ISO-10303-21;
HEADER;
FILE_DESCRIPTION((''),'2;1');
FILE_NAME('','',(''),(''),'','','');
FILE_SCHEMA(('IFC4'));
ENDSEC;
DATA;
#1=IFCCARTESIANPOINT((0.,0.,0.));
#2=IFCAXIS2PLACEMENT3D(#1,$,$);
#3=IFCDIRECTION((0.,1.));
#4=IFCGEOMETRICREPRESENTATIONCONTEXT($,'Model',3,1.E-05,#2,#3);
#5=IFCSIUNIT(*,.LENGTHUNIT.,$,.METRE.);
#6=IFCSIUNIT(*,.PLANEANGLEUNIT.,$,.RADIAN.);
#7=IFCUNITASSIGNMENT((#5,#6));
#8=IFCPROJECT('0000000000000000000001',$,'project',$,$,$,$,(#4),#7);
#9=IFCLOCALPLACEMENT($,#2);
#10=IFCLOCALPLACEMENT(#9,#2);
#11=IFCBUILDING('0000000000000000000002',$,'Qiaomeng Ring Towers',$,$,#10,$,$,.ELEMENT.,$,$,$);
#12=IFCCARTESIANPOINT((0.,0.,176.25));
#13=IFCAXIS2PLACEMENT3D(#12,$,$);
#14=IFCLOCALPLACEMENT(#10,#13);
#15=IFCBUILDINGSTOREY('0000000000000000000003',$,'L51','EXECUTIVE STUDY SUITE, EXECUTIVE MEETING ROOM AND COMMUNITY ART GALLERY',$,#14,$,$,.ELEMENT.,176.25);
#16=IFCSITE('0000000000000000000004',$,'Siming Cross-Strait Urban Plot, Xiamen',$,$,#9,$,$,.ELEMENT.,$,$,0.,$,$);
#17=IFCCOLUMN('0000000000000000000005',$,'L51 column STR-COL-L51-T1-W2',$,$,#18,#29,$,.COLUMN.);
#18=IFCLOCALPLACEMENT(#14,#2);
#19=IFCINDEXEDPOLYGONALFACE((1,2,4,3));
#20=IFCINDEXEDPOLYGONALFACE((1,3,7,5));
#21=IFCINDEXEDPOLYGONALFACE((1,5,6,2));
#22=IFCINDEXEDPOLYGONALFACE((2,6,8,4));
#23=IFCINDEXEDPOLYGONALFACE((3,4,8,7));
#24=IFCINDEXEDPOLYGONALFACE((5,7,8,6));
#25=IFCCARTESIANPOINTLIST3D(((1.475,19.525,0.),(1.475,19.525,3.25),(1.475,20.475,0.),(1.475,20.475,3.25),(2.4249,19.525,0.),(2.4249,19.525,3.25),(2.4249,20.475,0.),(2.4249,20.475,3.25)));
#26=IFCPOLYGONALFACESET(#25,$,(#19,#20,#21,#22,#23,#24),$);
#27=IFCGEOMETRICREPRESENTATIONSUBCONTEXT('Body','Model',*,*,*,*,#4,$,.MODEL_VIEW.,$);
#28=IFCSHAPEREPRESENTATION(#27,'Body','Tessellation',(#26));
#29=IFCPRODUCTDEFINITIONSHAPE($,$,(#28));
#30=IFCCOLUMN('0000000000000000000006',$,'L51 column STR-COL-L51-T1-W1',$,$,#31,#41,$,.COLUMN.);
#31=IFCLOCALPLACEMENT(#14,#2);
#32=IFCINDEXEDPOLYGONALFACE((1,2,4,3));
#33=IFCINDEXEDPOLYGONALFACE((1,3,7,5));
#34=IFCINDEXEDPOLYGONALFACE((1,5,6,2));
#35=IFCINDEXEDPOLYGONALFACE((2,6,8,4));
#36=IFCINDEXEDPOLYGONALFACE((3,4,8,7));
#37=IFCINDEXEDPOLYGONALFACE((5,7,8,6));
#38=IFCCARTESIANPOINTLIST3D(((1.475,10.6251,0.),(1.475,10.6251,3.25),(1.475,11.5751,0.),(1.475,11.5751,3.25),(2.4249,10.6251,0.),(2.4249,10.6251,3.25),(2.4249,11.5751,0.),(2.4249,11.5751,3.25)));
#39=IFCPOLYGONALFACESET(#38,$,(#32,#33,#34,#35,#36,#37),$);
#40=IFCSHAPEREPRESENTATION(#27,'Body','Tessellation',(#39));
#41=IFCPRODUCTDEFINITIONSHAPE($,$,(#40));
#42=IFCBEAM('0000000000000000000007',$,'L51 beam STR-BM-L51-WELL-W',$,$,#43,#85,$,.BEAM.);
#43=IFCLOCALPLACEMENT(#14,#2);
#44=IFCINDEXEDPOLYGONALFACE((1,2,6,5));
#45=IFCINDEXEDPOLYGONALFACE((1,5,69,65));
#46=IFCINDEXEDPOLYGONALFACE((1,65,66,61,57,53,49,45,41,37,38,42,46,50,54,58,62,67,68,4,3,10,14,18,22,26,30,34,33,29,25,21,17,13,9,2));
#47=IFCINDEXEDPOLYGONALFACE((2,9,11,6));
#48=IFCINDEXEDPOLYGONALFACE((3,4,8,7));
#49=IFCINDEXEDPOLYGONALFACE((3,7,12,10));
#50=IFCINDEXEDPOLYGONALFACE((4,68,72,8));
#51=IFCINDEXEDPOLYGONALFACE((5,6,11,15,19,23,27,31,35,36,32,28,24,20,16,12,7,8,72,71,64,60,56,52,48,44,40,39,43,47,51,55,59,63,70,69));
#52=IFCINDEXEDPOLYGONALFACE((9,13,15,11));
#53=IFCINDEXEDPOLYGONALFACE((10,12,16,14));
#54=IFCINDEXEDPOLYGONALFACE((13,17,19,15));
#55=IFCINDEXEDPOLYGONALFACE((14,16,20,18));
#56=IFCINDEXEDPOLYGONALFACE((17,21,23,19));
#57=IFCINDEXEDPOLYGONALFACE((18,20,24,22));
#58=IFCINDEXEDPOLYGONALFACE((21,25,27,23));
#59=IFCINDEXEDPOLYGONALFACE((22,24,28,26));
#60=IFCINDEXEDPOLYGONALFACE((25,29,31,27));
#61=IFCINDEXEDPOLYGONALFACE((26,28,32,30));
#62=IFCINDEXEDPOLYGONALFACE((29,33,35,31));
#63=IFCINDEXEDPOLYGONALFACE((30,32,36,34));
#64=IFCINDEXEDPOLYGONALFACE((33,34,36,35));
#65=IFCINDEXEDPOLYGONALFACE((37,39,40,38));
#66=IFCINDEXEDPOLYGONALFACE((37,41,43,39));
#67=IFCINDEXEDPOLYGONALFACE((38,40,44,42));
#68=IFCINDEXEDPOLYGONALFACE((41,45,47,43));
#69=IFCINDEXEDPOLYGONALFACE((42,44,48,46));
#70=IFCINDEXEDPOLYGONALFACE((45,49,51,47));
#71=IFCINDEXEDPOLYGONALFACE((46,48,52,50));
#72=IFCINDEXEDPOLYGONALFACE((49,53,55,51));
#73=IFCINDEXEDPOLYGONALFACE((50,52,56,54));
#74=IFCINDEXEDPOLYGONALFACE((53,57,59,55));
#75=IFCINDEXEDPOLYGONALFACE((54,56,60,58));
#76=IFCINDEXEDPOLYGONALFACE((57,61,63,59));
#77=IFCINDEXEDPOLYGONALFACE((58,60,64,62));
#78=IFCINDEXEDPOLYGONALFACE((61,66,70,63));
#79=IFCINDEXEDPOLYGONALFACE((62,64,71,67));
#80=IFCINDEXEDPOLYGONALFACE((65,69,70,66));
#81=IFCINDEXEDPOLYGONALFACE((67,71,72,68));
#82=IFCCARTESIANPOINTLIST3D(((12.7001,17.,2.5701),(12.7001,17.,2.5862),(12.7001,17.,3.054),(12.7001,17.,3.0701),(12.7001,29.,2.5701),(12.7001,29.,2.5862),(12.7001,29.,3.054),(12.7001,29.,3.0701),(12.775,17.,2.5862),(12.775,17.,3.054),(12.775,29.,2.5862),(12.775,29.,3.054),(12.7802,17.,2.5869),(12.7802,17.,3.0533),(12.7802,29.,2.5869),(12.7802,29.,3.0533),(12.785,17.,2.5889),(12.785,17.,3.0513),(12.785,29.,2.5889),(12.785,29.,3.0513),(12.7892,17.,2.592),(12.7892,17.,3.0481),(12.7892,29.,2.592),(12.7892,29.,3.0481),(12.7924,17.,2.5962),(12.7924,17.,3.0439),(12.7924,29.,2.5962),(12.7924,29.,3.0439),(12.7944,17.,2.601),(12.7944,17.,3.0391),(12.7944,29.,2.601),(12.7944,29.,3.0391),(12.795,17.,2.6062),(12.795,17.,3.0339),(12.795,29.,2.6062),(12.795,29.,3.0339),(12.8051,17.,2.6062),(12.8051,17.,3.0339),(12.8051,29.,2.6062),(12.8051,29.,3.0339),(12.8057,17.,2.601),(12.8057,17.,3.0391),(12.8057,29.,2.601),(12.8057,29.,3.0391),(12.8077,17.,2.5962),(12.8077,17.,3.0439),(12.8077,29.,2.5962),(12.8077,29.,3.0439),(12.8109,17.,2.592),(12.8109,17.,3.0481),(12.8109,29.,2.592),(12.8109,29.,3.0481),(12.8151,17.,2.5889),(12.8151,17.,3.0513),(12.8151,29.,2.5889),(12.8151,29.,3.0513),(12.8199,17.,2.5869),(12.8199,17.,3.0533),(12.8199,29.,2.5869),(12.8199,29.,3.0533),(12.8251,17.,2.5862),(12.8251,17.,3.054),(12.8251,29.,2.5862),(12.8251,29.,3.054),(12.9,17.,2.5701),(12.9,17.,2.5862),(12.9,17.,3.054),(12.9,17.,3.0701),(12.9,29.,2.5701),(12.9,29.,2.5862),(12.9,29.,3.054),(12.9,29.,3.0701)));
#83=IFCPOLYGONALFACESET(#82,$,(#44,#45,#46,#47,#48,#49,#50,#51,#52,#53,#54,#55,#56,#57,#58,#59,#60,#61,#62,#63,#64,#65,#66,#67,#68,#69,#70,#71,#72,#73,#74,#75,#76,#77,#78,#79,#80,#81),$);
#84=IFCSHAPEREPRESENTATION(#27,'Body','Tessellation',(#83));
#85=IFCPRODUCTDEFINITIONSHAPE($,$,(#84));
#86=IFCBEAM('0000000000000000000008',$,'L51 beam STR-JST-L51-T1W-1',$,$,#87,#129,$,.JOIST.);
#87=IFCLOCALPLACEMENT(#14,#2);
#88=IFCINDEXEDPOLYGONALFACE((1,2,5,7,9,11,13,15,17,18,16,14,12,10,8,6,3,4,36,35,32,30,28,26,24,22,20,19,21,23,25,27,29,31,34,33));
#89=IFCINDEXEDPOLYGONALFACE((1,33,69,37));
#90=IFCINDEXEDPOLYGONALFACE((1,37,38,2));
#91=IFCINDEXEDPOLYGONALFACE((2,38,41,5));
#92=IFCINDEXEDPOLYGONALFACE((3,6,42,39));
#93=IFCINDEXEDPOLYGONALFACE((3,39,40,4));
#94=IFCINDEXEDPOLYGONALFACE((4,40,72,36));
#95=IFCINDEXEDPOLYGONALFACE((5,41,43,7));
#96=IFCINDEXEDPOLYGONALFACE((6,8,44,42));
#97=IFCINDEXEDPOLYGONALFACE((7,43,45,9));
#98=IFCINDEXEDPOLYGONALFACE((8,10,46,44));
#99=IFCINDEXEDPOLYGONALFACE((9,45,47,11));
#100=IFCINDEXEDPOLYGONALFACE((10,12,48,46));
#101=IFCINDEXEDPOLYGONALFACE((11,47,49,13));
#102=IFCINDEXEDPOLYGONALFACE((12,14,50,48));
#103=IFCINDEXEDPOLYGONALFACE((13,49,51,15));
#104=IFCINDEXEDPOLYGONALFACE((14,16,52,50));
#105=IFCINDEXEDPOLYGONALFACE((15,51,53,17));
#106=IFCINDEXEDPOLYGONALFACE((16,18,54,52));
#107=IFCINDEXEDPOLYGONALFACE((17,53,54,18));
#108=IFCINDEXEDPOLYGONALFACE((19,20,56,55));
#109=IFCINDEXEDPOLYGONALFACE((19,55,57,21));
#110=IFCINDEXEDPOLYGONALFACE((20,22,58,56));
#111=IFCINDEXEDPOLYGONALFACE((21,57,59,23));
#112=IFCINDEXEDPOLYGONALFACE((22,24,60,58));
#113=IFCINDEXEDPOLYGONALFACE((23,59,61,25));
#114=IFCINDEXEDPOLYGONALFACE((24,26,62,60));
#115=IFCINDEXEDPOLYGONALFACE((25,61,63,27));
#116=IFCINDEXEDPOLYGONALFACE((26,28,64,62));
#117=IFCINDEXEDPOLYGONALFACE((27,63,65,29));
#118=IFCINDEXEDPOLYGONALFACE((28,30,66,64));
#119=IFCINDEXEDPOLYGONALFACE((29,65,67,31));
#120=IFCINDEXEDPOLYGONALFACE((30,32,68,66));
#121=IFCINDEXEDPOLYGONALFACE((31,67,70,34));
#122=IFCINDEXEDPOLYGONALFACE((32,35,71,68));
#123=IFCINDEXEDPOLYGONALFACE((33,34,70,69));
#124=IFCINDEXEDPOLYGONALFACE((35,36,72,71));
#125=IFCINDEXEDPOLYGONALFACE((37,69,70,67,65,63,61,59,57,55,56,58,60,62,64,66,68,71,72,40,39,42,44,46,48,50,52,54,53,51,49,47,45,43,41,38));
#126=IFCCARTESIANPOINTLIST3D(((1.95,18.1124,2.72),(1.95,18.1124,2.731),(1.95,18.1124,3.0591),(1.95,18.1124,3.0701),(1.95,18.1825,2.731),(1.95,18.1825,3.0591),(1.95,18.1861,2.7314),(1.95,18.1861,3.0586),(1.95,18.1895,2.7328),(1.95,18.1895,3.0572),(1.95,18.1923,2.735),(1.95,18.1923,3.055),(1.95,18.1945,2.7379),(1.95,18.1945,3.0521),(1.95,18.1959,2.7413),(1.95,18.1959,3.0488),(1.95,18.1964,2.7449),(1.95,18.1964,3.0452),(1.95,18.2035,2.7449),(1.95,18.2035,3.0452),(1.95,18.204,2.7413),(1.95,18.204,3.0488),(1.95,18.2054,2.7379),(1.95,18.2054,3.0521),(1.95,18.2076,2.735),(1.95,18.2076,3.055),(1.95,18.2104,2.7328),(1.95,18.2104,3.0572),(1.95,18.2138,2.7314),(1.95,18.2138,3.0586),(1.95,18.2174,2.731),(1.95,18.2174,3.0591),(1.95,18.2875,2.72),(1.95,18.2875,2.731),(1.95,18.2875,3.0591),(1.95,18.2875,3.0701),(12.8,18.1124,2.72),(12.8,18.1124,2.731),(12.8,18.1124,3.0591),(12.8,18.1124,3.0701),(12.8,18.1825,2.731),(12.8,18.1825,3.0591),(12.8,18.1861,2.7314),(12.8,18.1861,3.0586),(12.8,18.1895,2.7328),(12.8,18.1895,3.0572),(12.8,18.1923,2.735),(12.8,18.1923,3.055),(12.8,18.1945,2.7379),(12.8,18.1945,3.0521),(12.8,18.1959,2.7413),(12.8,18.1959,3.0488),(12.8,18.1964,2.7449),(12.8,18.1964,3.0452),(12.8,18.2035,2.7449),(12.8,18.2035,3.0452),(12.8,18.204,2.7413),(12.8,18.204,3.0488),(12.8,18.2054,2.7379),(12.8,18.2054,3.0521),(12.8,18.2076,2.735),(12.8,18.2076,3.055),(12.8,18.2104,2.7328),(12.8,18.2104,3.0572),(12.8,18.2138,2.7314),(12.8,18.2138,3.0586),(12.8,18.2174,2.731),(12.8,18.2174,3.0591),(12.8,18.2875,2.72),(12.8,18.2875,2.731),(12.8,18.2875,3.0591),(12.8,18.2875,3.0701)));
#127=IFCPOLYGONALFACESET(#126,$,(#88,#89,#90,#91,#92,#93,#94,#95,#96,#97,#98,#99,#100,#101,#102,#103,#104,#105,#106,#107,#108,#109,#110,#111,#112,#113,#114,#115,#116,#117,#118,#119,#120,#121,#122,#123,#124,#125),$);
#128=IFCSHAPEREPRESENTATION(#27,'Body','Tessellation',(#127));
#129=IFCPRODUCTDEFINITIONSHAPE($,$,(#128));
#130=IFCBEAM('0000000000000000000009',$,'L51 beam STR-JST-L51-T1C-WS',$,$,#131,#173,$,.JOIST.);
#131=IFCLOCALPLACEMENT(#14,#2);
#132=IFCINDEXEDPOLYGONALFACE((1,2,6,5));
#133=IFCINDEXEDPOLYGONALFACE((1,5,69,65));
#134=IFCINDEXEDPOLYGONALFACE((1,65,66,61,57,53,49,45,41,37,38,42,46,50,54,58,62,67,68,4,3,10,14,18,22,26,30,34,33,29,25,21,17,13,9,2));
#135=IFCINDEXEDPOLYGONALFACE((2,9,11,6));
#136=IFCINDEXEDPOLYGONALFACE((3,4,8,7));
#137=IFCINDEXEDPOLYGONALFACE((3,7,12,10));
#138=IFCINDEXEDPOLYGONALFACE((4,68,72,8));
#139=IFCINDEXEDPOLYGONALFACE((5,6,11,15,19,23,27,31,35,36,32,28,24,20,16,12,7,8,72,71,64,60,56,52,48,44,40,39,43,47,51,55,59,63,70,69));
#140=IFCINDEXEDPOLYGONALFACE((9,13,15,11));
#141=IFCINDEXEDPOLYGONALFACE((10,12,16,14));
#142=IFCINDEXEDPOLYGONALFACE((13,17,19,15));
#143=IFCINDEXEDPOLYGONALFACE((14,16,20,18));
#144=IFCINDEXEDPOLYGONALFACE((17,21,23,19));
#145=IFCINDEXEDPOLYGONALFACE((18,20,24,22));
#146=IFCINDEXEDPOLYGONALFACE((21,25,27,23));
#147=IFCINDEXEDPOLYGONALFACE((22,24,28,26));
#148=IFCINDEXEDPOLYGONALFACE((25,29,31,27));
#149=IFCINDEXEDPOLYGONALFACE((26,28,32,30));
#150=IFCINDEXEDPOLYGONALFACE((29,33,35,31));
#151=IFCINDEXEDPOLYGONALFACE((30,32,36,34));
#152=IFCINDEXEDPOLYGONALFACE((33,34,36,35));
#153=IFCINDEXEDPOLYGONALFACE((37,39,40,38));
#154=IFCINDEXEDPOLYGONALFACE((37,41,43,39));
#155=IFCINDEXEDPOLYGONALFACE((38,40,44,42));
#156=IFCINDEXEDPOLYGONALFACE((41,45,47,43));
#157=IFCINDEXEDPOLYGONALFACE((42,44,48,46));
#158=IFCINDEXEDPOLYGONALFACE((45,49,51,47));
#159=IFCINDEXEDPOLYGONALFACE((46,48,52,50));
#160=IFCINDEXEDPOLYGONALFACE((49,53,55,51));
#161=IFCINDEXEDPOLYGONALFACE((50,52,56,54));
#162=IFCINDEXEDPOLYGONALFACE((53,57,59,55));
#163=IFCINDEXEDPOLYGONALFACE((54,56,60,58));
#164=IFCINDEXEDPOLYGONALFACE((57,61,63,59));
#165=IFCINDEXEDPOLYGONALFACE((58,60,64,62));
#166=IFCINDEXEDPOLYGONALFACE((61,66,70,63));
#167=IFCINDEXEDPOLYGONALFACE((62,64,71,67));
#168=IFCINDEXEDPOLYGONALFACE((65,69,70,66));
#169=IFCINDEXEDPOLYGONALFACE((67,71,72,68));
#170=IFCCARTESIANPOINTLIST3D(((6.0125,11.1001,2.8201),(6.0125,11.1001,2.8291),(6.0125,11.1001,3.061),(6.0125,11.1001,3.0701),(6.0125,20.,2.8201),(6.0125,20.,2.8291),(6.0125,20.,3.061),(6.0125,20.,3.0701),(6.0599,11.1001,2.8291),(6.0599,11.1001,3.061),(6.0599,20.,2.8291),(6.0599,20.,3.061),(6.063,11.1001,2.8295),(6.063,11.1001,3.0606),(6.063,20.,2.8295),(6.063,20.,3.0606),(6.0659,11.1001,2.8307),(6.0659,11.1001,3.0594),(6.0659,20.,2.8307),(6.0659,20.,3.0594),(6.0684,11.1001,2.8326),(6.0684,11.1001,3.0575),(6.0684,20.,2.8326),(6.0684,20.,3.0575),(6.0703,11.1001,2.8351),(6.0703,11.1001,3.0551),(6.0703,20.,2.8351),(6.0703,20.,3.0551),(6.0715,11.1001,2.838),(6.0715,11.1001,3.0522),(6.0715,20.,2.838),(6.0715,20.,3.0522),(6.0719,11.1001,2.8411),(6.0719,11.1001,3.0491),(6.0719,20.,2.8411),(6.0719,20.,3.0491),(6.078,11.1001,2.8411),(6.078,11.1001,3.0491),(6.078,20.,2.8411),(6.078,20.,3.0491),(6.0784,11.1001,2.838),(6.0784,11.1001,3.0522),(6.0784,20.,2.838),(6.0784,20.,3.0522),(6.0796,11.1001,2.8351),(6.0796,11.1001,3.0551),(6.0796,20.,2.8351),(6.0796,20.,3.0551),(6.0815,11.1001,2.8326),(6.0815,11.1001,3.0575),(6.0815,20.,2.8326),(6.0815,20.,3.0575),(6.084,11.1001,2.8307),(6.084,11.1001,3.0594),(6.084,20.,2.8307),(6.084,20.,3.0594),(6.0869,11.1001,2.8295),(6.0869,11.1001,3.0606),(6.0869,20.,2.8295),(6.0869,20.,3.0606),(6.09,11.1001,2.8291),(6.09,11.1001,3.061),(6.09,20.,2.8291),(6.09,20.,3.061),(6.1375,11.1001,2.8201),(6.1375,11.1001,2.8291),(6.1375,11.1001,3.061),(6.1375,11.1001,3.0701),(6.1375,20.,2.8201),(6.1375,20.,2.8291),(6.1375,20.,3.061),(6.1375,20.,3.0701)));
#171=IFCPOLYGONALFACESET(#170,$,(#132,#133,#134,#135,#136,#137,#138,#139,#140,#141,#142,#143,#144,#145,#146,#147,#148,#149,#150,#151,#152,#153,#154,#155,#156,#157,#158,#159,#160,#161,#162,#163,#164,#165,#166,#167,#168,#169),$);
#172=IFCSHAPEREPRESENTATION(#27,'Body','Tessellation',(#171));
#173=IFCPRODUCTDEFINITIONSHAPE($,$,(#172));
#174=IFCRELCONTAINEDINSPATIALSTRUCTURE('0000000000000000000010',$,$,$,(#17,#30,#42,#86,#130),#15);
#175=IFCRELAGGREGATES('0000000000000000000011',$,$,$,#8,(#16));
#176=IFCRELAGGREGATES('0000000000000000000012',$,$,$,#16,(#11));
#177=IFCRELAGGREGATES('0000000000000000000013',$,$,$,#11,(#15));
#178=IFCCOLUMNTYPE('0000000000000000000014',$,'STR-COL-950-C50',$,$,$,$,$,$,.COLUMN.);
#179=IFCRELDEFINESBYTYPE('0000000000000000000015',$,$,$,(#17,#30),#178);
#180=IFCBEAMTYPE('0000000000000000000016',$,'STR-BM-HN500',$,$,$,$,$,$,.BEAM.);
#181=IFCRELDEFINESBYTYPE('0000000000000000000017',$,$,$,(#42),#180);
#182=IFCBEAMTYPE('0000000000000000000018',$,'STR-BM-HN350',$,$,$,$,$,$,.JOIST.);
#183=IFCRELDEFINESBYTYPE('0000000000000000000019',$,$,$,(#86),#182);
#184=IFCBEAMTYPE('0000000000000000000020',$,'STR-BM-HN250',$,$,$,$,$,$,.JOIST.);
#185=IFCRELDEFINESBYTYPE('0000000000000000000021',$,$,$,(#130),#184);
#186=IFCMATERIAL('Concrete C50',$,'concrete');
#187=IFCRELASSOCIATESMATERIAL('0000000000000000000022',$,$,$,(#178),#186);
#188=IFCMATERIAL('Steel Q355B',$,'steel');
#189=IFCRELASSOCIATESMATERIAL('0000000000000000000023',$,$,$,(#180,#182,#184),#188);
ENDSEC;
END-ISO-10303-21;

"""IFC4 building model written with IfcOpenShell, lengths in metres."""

from ifc_helpers import new_model, si_unit, direction, frame, origin, origin_2d, place, context, subcontext, project, spatial, rectangle, i_section, extrude, source, transform, mapped, material, material_profile, profile_set, type_object, element, save


model = new_model("IFC4")

# Units and contexts
model_context = context("Model", 3, precision=1e-05, world=origin(), true_north=direction((0.0, 1.0)))
body_context = subcontext(model_context, "Body", "Model", "MODEL_VIEW")
ifc_project = project(units=[si_unit("LENGTHUNIT", "METRE"), si_unit("PLANEANGLEUNIT", "RADIAN")], contexts=[model_context])

# Site, building, storey
site_placement = place(None, origin())
site = spatial("IfcSite", under=ifc_project, at=site_placement, Name="Siming Cross-Strait Urban Plot, Xiamen", CompositionType="ELEMENT", RefElevation=0.0)
building_placement = place(site_placement, origin())
building = spatial("IfcBuilding", under=site, at=building_placement, Name="Qiaomeng Ring Towers", CompositionType="ELEMENT")
storey_placement = place(building_placement, frame((0.0, 0.0, 176.25)))
storey = spatial("IfcBuildingStorey", under=building, at=storey_placement, Name="L51", Description="EXECUTIVE STUDY SUITE, EXECUTIVE MEETING ROOM AND COMMUNITY ART GALLERY", CompositionType="ELEMENT", Elevation=176.25)

# Columns
ifc_material_1 = material(Name="Concrete C50", Category="concrete")
ifc_material_profile_1 = material_profile(ifc_material_1, rectangle(XDim=0.95, YDim=0.95, at=origin_2d()), Name="RC COL 950x950")
ifc_profile_set_1 = profile_set([ifc_material_profile_1], Name="Concrete C50")
column_type = type_object("IfcColumnType", Name="STR-COL-950-C50", PredefinedType="COLUMN", material=ifc_profile_set_1)
shared_shape_1 = source(origin(), body_context, "Body", "SweptSolid", [
    extrude(rectangle(XDim=0.95, YDim=0.95, at=origin_2d()), origin(), (0.0, 0.0, 1.0), 3.25),
])
for number, where, z_axis, x_axis, name in (
    (1, (1.95, 20.0, 0.0), (0.0, 0.0, 1.0), (1.0, 0.0, 0.0), "L51 column STR-COL-L51-T1-W2"),
    (2, (1.95, 11.1001, 0.0), (0.0, 0.0, 1.0), (1.0, 0.0, 0.0), "L51 column STR-COL-L51-T1-W1"),
):
    element("IfcColumn", number, at=place(storey_placement, frame(where, z_axis=z_axis, x_axis=x_axis)), inside=storey, type_object=column_type, Name=name, PredefinedType="COLUMN", context=body_context, shape_type="MappedRepresentation", body=[
        mapped(shared_shape_1, transform((0.0, 0.0, 0.0), x_axis=(1.0, 0.0, 0.0), y_axis=(0.0, 1.0, 0.0), z_axis=(0.0, 0.0, 1.0), scale=1.0)),
    ])

# Beams
ifc_material_2 = material(Name="Steel Q355B", Category="steel")
ifc_material_profile_2 = material_profile(ifc_material_2, i_section(OverallWidth=0.2, OverallDepth=0.5, WebThickness=0.01, FlangeThickness=0.0161, FilletRadius=0.02, at=origin_2d()), Name="HN 500x200x10x16")
ifc_profile_set_2 = profile_set([ifc_material_profile_2], Name="Steel Q355B")
beam_type_1 = type_object("IfcBeamType", Name="STR-BM-HN500", PredefinedType="BEAM", material=ifc_profile_set_2)
shared_shape_2 = source(origin(), body_context, "Body", "SweptSolid", [
    extrude(i_section(OverallWidth=0.2, OverallDepth=0.5, WebThickness=0.01, FlangeThickness=0.0161, FilletRadius=0.02, at=origin_2d()), origin(), (0.0, 0.0, 1.0), 12.0),
])
beam_1_placement = place(storey_placement, frame((12.8, 17.0, 2.8201), z_axis=(0.0, 1.0, 0.0), x_axis=(-1.0, 0.0, 0.0)))
element("IfcBeam", 3, at=beam_1_placement, inside=storey, type_object=beam_type_1, Name="L51 beam STR-BM-L51-WELL-W", PredefinedType="BEAM", context=body_context, shape_type="MappedRepresentation", body=[
    mapped(shared_shape_2, transform((0.0, 0.0, 0.0), x_axis=(1.0, 0.0, 0.0), y_axis=(0.0, 1.0, 0.0), z_axis=(0.0, 0.0, 1.0), scale=1.0)),
])
ifc_material_profile_3 = material_profile(ifc_material_2, i_section(OverallWidth=0.175, OverallDepth=0.3501, WebThickness=0.0071, FlangeThickness=0.011, FilletRadius=0.0139, at=origin_2d()), Name="HN 350x175x7x11")
ifc_profile_set_3 = profile_set([ifc_material_profile_3], Name="Steel Q355B")
beam_type_2 = type_object("IfcBeamType", Name="STR-BM-HN350", PredefinedType="JOIST", material=ifc_profile_set_3)
shared_shape_3 = source(origin(), body_context, "Body", "SweptSolid", [
    extrude(i_section(OverallWidth=0.175, OverallDepth=0.3501, WebThickness=0.0071, FlangeThickness=0.011, FilletRadius=0.0139, at=origin_2d()), origin(), (0.0, 0.0, 1.0), 10.8501),
])
beam_2_placement = place(storey_placement, frame((1.95, 18.2, 2.895), z_axis=(1.0, 0.0, 0.0), x_axis=(0.0, 1.0, 0.0)))
element("IfcBeam", 4, at=beam_2_placement, inside=storey, type_object=beam_type_2, Name="L51 beam STR-JST-L51-T1W-1", PredefinedType="JOIST", context=body_context, shape_type="MappedRepresentation", body=[
    mapped(shared_shape_3, transform((0.0, 0.0, 0.0), x_axis=(1.0, 0.0, 0.0), y_axis=(0.0, 1.0, 0.0), z_axis=(0.0, 0.0, 1.0), scale=1.0)),
])
ifc_material_profile_4 = material_profile(ifc_material_2, i_section(OverallWidth=0.125, OverallDepth=0.25, WebThickness=0.0061, FlangeThickness=0.009, FilletRadius=0.012, at=origin_2d()), Name="HN 250x125x6x9")
ifc_profile_set_4 = profile_set([ifc_material_profile_4], Name="Steel Q355B")
beam_type_3 = type_object("IfcBeamType", Name="STR-BM-HN250", PredefinedType="JOIST", material=ifc_profile_set_4)
shared_shape_4 = source(origin(), body_context, "Body", "SweptSolid", [
    extrude(i_section(OverallWidth=0.125, OverallDepth=0.25, WebThickness=0.0061, FlangeThickness=0.009, FilletRadius=0.012, at=origin_2d()), origin(), (0.0, 0.0, 1.0), 8.8999),
])
beam_3_placement = place(storey_placement, frame((6.075, 11.1001, 2.9451), z_axis=(0.0, 1.0, 0.0), x_axis=(-1.0, 0.0, 0.0)))
element("IfcBeam", 5, at=beam_3_placement, inside=storey, type_object=beam_type_3, Name="L51 beam STR-JST-L51-T1C-WS", PredefinedType="JOIST", context=body_context, shape_type="MappedRepresentation", body=[
    mapped(shared_shape_4, transform((0.0, 0.0, 0.0), x_axis=(1.0, 0.0, 0.0), y_axis=(0.0, 1.0, 0.0), z_axis=(0.0, 0.0, 1.0), scale=1.0)),
])

save(model, "model.ifc")
